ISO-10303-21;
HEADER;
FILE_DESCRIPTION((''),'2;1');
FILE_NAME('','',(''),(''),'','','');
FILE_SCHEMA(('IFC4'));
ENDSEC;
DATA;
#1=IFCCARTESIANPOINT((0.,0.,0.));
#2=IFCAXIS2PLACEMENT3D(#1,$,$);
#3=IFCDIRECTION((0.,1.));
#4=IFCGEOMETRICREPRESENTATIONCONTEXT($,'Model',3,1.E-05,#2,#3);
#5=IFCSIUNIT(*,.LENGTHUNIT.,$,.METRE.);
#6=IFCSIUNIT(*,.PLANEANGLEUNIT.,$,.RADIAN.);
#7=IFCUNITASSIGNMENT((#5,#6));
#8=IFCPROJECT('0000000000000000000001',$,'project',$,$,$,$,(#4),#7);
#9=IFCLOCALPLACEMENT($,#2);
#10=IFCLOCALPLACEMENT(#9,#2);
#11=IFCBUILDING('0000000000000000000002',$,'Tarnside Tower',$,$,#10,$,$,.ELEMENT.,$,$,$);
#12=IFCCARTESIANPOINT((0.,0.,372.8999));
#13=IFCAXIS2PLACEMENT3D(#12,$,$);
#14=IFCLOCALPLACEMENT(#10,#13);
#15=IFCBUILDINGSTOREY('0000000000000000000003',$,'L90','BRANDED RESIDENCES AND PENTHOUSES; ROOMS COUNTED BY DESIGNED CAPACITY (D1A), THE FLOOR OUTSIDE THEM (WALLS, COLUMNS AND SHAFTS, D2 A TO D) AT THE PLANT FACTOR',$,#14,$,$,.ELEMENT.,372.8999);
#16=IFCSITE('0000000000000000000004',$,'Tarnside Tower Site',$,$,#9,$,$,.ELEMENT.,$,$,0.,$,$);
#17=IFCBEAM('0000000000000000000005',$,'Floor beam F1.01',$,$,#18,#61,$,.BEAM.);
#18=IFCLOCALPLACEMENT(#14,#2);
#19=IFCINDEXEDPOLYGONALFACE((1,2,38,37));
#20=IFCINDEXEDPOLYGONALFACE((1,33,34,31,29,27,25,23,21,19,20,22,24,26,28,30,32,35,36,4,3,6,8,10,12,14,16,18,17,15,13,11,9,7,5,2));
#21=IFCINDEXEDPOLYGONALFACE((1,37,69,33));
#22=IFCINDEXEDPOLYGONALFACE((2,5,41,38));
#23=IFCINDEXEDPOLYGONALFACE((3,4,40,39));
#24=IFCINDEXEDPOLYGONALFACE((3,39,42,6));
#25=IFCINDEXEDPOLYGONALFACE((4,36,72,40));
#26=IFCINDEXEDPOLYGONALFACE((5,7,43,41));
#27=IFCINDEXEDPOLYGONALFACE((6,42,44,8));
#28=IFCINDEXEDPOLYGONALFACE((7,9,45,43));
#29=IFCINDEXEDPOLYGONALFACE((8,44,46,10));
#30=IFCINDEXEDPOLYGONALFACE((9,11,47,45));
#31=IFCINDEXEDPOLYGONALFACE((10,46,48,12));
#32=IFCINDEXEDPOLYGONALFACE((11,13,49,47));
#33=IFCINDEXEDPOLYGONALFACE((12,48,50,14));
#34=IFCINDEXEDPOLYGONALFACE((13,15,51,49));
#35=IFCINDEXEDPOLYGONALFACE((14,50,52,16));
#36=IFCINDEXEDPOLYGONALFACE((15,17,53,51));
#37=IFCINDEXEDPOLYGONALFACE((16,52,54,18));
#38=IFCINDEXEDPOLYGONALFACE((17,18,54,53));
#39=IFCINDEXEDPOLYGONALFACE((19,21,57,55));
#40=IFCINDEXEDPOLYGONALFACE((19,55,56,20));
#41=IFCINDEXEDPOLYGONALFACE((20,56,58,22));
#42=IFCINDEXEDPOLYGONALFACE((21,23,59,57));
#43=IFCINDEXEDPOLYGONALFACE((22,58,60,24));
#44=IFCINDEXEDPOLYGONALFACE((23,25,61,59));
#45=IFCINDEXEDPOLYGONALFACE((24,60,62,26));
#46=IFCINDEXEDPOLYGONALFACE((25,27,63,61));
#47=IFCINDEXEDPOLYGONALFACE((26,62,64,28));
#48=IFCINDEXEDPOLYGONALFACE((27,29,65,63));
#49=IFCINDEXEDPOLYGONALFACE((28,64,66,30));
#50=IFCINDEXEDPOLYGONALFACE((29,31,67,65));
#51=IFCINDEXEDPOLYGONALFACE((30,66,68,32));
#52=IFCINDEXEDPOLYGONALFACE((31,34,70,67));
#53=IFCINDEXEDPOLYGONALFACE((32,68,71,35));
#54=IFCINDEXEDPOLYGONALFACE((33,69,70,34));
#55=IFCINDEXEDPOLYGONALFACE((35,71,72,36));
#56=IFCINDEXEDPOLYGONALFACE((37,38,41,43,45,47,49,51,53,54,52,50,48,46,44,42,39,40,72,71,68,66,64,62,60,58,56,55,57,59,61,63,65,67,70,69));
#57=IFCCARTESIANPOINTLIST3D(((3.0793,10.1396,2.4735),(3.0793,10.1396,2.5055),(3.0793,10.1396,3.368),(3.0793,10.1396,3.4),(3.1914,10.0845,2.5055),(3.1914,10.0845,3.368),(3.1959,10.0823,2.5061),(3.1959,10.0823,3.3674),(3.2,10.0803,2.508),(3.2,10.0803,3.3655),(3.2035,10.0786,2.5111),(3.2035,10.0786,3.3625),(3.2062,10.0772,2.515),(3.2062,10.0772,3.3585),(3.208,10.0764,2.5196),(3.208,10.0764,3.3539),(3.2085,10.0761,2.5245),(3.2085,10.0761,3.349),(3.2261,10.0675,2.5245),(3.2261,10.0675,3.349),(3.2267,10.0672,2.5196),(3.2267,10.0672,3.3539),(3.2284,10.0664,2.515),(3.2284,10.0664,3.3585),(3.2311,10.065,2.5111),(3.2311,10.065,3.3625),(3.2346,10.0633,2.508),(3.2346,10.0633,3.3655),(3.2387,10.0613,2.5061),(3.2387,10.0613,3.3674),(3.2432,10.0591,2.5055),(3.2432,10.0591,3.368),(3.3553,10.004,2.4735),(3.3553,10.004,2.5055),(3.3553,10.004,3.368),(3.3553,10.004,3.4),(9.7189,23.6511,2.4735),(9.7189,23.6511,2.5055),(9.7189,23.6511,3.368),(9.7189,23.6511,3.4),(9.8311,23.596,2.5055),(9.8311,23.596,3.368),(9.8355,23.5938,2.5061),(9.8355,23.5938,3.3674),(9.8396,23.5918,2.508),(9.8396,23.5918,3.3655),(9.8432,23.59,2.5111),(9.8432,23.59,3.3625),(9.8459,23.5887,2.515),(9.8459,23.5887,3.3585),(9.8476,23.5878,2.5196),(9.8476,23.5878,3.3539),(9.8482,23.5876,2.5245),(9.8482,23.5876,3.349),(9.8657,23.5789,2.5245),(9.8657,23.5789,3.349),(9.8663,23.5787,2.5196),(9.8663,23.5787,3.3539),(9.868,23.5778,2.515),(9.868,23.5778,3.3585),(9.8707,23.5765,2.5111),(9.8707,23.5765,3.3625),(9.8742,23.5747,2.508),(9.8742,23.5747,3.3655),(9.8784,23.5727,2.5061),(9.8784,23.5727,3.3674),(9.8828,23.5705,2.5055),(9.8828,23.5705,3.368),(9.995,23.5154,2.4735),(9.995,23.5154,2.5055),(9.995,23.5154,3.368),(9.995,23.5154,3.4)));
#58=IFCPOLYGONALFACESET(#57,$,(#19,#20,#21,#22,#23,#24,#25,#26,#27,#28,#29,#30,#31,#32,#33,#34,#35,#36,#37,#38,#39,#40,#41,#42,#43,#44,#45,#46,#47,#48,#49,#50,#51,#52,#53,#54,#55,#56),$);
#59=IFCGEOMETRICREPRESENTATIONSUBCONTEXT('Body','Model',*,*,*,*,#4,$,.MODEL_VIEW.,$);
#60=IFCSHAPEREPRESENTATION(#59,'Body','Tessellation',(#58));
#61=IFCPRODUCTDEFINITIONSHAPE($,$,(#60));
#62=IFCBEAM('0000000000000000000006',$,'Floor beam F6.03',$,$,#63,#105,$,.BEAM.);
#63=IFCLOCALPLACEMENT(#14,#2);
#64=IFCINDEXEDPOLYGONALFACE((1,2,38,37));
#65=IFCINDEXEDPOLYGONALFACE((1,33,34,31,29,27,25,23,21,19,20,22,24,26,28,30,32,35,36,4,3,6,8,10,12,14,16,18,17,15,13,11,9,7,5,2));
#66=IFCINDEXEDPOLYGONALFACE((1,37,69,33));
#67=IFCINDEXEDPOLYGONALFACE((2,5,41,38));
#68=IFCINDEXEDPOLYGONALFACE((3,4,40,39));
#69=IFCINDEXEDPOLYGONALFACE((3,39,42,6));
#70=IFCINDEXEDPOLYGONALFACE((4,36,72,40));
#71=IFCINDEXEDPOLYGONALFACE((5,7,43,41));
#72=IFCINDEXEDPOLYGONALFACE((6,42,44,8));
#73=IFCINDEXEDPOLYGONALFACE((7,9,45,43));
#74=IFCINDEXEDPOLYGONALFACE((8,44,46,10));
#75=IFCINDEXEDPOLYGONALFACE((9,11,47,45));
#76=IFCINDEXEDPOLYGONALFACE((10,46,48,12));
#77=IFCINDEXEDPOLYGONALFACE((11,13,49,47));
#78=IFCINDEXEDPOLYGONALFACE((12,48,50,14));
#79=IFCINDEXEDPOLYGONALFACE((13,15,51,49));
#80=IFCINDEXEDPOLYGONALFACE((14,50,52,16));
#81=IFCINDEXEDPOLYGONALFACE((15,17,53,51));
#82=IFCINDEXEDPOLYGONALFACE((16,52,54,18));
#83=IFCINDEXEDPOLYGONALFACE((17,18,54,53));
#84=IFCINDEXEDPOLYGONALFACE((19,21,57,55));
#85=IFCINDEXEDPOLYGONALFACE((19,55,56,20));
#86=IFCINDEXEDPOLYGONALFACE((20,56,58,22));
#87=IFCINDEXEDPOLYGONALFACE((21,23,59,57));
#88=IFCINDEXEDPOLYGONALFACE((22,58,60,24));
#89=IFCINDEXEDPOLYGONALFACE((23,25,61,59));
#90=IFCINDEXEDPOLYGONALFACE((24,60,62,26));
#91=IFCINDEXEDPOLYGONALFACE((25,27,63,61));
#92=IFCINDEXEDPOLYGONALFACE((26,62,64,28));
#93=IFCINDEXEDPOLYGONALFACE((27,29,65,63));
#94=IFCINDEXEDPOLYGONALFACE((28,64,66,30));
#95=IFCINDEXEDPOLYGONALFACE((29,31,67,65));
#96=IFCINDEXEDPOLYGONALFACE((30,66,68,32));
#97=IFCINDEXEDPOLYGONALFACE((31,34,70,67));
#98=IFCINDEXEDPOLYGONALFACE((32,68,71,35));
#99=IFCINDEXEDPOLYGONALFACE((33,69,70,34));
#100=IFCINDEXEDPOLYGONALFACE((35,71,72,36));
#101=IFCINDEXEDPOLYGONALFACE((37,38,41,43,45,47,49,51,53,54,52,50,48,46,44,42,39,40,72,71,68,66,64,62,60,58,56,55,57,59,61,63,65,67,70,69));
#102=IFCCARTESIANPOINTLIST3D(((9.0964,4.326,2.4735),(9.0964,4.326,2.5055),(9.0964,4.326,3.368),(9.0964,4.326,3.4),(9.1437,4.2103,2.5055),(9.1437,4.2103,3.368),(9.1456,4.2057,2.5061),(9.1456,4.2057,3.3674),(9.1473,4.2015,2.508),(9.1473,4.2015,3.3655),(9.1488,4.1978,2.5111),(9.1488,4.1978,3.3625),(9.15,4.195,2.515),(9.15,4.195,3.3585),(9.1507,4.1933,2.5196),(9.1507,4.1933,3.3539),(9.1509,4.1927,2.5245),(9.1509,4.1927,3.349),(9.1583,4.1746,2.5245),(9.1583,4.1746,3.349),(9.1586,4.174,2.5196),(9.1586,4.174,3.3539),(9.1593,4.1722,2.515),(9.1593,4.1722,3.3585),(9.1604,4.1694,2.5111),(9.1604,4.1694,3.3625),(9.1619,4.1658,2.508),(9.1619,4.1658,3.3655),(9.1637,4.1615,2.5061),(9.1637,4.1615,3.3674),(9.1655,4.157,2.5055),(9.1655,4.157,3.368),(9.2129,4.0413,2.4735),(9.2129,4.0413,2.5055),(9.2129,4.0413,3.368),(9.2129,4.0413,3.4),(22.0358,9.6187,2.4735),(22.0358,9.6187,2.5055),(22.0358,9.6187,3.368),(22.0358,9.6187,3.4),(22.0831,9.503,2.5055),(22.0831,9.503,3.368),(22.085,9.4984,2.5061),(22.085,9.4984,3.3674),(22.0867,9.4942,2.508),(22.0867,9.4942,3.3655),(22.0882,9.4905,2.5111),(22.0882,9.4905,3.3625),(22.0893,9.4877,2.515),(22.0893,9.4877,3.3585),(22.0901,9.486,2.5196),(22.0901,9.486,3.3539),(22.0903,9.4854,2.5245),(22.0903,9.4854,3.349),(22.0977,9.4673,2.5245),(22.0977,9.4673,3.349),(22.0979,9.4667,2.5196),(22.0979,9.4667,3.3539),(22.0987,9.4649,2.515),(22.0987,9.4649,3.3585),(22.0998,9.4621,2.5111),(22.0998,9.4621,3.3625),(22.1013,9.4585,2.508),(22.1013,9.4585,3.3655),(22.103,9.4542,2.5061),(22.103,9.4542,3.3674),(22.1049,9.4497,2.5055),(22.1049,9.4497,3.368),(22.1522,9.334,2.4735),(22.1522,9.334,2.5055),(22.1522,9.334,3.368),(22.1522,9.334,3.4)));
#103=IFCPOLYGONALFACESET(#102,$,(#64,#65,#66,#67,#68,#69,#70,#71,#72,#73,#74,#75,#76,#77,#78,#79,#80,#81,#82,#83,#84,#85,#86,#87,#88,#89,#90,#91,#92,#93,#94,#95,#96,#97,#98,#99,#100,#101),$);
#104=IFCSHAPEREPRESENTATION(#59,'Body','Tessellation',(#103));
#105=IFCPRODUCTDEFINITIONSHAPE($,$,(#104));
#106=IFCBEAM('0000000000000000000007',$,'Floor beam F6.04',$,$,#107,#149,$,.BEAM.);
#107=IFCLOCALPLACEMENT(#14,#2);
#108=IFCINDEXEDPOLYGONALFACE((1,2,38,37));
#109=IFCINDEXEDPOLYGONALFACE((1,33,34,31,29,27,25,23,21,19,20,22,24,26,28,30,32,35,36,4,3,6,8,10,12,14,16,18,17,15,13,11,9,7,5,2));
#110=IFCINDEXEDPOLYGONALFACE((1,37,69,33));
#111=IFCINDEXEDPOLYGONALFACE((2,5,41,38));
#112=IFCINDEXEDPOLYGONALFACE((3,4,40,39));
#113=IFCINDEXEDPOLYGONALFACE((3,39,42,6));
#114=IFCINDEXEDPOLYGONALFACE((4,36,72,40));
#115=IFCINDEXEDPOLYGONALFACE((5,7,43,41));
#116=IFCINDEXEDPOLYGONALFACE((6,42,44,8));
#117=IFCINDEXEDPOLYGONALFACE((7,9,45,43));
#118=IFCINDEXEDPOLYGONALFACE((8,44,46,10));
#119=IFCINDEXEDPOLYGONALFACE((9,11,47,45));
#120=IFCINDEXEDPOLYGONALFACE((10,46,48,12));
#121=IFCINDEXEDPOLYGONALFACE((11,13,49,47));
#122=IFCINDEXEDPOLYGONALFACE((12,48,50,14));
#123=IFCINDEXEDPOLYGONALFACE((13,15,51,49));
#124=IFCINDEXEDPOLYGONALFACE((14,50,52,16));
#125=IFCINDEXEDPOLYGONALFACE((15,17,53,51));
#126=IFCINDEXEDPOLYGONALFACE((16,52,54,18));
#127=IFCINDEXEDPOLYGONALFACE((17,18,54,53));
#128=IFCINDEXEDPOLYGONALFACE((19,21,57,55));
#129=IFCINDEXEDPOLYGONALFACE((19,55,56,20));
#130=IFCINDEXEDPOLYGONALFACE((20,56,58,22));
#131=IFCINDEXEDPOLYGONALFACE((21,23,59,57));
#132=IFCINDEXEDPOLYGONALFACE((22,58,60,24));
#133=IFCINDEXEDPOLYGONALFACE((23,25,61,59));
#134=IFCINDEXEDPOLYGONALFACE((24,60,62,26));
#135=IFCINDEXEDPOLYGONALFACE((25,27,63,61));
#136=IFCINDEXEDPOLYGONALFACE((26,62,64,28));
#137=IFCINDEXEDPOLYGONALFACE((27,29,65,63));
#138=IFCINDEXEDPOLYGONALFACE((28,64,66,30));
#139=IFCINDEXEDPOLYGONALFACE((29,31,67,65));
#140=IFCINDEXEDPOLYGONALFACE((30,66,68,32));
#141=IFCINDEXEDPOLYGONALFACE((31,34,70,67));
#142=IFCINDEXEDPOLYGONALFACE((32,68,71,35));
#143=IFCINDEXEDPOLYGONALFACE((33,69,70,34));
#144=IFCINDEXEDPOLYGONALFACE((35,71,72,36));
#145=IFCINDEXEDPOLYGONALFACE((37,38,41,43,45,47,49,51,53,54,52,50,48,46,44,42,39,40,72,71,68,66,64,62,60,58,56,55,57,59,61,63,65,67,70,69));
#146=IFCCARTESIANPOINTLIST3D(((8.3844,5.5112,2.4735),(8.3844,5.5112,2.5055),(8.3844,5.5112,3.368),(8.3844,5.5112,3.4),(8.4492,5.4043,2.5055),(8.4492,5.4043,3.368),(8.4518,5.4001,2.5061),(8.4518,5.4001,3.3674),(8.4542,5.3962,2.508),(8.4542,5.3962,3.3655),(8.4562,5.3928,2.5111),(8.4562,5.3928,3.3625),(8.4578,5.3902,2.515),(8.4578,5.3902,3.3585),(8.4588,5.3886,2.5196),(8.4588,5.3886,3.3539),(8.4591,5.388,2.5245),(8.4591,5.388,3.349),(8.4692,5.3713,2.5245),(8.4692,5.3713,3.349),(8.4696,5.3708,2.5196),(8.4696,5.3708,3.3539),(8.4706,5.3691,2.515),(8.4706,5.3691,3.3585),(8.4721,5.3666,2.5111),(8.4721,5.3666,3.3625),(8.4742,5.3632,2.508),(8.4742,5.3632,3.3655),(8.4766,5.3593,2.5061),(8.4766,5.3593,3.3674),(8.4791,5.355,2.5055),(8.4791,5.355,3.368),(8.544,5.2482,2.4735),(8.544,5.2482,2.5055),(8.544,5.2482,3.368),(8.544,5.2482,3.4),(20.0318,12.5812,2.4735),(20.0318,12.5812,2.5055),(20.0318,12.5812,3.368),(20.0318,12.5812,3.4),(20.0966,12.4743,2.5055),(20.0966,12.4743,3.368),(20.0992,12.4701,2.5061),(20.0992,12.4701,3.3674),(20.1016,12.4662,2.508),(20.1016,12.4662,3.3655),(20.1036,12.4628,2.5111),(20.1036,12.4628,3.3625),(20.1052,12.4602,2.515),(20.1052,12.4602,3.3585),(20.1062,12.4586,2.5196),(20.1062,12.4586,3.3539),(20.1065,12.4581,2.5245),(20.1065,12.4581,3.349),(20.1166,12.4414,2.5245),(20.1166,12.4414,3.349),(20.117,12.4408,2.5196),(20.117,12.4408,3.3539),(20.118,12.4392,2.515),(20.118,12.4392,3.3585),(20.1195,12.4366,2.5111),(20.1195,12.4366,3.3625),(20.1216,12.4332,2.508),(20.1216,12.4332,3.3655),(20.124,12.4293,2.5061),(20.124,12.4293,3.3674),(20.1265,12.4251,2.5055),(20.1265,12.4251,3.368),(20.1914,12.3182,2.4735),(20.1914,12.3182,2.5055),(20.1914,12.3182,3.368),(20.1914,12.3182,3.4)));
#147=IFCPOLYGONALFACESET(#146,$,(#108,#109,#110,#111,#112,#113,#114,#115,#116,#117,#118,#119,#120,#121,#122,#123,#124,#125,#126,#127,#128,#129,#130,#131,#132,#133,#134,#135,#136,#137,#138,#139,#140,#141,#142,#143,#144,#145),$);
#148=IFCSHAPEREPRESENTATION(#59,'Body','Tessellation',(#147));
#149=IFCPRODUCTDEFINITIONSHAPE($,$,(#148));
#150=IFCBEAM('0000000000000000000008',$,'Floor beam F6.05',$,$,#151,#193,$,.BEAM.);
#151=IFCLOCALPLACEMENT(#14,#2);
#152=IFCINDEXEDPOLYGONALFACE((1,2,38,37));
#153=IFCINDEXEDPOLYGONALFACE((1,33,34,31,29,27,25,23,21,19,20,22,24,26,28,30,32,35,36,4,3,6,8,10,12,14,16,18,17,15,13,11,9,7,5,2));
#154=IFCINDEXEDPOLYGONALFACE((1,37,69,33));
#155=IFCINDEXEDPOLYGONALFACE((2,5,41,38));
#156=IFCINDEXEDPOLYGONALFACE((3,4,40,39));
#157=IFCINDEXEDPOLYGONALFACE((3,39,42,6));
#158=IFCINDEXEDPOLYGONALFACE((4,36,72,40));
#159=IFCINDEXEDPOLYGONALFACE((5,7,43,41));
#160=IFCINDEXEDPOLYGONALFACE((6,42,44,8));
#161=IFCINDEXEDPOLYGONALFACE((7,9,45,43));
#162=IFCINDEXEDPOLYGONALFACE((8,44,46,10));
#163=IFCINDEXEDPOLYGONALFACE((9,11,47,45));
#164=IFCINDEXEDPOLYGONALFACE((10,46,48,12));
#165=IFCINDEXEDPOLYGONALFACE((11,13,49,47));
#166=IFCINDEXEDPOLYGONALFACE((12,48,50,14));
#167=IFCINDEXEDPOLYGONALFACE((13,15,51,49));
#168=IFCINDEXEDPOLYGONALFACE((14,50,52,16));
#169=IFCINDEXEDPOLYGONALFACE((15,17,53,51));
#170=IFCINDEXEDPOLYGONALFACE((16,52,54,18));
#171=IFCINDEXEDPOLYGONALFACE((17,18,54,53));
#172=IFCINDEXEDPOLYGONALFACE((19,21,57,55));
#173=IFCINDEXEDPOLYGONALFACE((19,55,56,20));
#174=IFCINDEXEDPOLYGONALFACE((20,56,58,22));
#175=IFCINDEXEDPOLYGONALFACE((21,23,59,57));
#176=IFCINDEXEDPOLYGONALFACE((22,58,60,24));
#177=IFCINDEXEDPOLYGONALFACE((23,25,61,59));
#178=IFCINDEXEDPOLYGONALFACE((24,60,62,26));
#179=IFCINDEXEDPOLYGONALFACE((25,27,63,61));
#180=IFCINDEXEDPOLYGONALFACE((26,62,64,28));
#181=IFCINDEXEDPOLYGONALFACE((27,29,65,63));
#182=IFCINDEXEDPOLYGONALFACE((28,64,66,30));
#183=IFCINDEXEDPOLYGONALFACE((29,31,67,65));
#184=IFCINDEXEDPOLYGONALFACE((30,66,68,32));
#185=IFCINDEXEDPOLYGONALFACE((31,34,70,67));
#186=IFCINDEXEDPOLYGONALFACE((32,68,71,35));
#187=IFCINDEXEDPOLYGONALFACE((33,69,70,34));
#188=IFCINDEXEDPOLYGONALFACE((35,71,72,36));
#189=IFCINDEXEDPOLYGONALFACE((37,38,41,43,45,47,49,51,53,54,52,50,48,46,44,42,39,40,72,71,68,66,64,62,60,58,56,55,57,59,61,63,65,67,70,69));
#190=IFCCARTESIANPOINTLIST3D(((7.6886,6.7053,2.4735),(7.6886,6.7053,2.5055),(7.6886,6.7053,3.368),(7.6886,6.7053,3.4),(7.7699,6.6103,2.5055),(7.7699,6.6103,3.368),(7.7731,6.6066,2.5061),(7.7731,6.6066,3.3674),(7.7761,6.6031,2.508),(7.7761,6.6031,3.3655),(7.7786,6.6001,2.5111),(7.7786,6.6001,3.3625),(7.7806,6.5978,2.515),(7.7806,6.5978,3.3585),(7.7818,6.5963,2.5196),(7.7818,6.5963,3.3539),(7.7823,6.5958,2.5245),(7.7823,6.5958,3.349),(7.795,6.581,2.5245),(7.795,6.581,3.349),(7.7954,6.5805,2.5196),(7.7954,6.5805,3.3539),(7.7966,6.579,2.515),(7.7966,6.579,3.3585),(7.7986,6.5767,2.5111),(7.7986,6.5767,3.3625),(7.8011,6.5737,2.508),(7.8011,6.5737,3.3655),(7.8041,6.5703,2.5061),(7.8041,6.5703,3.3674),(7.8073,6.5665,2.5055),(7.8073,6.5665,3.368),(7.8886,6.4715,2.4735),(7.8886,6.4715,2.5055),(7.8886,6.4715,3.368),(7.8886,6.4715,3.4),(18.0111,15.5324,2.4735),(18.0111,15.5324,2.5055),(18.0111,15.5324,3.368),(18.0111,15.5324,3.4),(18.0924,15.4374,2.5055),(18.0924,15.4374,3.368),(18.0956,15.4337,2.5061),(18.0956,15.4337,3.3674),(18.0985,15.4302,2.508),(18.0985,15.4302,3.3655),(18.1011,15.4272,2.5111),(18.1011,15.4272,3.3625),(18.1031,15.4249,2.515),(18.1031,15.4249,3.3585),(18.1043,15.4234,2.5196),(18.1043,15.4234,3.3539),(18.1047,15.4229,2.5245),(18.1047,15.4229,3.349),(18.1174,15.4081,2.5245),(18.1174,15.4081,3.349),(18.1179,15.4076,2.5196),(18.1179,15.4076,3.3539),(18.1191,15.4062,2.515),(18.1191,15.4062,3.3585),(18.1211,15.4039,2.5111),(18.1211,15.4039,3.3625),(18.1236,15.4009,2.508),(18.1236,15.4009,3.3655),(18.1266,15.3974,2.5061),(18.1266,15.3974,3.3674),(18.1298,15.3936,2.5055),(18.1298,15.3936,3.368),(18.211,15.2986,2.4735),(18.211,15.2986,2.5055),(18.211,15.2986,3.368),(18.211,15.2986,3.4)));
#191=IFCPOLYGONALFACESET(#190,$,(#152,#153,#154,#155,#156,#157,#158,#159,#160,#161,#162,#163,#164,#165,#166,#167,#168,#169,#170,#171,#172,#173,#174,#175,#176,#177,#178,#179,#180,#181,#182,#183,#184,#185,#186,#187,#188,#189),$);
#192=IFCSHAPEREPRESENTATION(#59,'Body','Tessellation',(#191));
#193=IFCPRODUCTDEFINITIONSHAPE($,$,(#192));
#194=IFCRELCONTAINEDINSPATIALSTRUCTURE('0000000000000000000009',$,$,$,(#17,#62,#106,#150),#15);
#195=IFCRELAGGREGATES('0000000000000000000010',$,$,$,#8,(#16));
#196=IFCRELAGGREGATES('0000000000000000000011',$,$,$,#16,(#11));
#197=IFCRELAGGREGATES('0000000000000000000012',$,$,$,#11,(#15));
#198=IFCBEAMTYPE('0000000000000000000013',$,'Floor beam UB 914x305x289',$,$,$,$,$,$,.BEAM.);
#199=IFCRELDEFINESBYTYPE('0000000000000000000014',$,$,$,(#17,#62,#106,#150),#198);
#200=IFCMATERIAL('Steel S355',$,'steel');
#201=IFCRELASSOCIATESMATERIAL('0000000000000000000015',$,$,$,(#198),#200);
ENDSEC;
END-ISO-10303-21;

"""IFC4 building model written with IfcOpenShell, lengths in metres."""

from ifc_helpers import new_model, si_unit, direction, frame, origin, origin_2d, place, context, subcontext, project, spatial, i_section, extrude, material, material_profile, profile_set, type_object, element, save


model = new_model("IFC4")

# Units and contexts
model_context = context("Model", 3, precision=1e-05, world=origin(), true_north=direction((0.0, 1.0)))
body_context = subcontext(model_context, "Body", "Model", "MODEL_VIEW")
ifc_project = project(units=[si_unit("LENGTHUNIT", "METRE"), si_unit("PLANEANGLEUNIT", "RADIAN")], contexts=[model_context])

# Site, building, storey
site_placement = place(None, origin())
site = spatial("IfcSite", under=ifc_project, at=site_placement, Name="Tarnside Tower Site", CompositionType="ELEMENT", RefElevation=0.0)
building_placement = place(site_placement, origin())
building = spatial("IfcBuilding", under=site, at=building_placement, Name="Tarnside Tower", CompositionType="ELEMENT")
storey_placement = place(building_placement, frame((0.0, 0.0, 372.8999)))
storey = spatial("IfcBuildingStorey", under=building, at=storey_placement, Name="L90", Description="BRANDED RESIDENCES AND PENTHOUSES; ROOMS COUNTED BY DESIGNED CAPACITY (D1A), THE FLOOR OUTSIDE THEM (WALLS, COLUMNS AND SHAFTS, D2 A TO D) AT THE PLANT FACTOR", CompositionType="ELEMENT", Elevation=372.8999)

# Beams
ifc_material_1 = material(Name="Steel S355", Category="steel")
ifc_material_profile = material_profile(ifc_material_1, i_section(OverallWidth=0.3076, OverallDepth=0.9265, WebThickness=0.0195, FlangeThickness=0.032, FilletRadius=0.019, at=origin_2d()), Name="UB 914x305x289")
ifc_profile_set = profile_set([ifc_material_profile], Name="Steel S355")
beam_type = type_object("IfcBeamType", Name="Floor beam UB 914x305x289", PredefinedType="BEAM", material=ifc_profile_set)
beam_1_placement = place(storey_placement, frame((9.8569, 23.5833, 2.9368), z_axis=(-0.441034, -0.89749, 0.0), x_axis=(0.89749, -0.441034, 0.0)))
element("IfcBeam", 1, at=beam_1_placement, inside=storey, type_object=beam_type, Name="Floor beam F1.01", PredefinedType="BEAM", context=body_context, shape_type="SweptSolid", body=[
    extrude(i_section(OverallWidth=0.3076, OverallDepth=0.9265, WebThickness=0.0195, FlangeThickness=0.032, FilletRadius=0.019, at=origin_2d()), origin(), (0.0, 0.0, 1.0), 15.0547),
])
beam_2_placement = place(storey_placement, frame((22.094, 9.4763, 2.9368), z_axis=(-0.925564, -0.378591, 0.0), x_axis=(0.378591, -0.925564, 0.0)))
element("IfcBeam", 2, at=beam_2_placement, inside=storey, type_object=beam_type, Name="Floor beam F6.03", PredefinedType="BEAM", context=body_context, shape_type="SweptSolid", body=[
    extrude(i_section(OverallWidth=0.3076, OverallDepth=0.9265, WebThickness=0.0195, FlangeThickness=0.032, FilletRadius=0.019, at=origin_2d()), origin(), (0.0, 0.0, 1.0), 13.98),
])
beam_3_placement = place(storey_placement, frame((20.1116, 12.4497, 2.9368), z_axis=(-0.85484, -0.518892, 0.0), x_axis=(0.518892, -0.85484, 0.0)))
element("IfcBeam", 3, at=beam_3_placement, inside=storey, type_object=beam_type, Name="Floor beam F6.04", PredefinedType="BEAM", context=body_context, shape_type="SweptSolid", body=[
    extrude(i_section(OverallWidth=0.3076, OverallDepth=0.9265, WebThickness=0.0195, FlangeThickness=0.032, FilletRadius=0.019, at=origin_2d()), origin(), (0.0, 0.0, 1.0), 13.6252),
])
beam_4_placement = place(storey_placement, frame((18.1111, 15.4155, 2.9368), z_axis=(-0.76001, -0.649912, 0.0), x_axis=(0.649912, -0.76001, 0.0)))
element("IfcBeam", 4, at=beam_4_placement, inside=storey, type_object=beam_type, Name="Floor beam F6.05", PredefinedType="BEAM", context=body_context, shape_type="SweptSolid", body=[
    extrude(i_section(OverallWidth=0.3076, OverallDepth=0.9265, WebThickness=0.0195, FlangeThickness=0.032, FilletRadius=0.019, at=origin_2d()), origin(), (0.0, 0.0, 1.0), 13.582),
])

save(model, "model.ifc")
